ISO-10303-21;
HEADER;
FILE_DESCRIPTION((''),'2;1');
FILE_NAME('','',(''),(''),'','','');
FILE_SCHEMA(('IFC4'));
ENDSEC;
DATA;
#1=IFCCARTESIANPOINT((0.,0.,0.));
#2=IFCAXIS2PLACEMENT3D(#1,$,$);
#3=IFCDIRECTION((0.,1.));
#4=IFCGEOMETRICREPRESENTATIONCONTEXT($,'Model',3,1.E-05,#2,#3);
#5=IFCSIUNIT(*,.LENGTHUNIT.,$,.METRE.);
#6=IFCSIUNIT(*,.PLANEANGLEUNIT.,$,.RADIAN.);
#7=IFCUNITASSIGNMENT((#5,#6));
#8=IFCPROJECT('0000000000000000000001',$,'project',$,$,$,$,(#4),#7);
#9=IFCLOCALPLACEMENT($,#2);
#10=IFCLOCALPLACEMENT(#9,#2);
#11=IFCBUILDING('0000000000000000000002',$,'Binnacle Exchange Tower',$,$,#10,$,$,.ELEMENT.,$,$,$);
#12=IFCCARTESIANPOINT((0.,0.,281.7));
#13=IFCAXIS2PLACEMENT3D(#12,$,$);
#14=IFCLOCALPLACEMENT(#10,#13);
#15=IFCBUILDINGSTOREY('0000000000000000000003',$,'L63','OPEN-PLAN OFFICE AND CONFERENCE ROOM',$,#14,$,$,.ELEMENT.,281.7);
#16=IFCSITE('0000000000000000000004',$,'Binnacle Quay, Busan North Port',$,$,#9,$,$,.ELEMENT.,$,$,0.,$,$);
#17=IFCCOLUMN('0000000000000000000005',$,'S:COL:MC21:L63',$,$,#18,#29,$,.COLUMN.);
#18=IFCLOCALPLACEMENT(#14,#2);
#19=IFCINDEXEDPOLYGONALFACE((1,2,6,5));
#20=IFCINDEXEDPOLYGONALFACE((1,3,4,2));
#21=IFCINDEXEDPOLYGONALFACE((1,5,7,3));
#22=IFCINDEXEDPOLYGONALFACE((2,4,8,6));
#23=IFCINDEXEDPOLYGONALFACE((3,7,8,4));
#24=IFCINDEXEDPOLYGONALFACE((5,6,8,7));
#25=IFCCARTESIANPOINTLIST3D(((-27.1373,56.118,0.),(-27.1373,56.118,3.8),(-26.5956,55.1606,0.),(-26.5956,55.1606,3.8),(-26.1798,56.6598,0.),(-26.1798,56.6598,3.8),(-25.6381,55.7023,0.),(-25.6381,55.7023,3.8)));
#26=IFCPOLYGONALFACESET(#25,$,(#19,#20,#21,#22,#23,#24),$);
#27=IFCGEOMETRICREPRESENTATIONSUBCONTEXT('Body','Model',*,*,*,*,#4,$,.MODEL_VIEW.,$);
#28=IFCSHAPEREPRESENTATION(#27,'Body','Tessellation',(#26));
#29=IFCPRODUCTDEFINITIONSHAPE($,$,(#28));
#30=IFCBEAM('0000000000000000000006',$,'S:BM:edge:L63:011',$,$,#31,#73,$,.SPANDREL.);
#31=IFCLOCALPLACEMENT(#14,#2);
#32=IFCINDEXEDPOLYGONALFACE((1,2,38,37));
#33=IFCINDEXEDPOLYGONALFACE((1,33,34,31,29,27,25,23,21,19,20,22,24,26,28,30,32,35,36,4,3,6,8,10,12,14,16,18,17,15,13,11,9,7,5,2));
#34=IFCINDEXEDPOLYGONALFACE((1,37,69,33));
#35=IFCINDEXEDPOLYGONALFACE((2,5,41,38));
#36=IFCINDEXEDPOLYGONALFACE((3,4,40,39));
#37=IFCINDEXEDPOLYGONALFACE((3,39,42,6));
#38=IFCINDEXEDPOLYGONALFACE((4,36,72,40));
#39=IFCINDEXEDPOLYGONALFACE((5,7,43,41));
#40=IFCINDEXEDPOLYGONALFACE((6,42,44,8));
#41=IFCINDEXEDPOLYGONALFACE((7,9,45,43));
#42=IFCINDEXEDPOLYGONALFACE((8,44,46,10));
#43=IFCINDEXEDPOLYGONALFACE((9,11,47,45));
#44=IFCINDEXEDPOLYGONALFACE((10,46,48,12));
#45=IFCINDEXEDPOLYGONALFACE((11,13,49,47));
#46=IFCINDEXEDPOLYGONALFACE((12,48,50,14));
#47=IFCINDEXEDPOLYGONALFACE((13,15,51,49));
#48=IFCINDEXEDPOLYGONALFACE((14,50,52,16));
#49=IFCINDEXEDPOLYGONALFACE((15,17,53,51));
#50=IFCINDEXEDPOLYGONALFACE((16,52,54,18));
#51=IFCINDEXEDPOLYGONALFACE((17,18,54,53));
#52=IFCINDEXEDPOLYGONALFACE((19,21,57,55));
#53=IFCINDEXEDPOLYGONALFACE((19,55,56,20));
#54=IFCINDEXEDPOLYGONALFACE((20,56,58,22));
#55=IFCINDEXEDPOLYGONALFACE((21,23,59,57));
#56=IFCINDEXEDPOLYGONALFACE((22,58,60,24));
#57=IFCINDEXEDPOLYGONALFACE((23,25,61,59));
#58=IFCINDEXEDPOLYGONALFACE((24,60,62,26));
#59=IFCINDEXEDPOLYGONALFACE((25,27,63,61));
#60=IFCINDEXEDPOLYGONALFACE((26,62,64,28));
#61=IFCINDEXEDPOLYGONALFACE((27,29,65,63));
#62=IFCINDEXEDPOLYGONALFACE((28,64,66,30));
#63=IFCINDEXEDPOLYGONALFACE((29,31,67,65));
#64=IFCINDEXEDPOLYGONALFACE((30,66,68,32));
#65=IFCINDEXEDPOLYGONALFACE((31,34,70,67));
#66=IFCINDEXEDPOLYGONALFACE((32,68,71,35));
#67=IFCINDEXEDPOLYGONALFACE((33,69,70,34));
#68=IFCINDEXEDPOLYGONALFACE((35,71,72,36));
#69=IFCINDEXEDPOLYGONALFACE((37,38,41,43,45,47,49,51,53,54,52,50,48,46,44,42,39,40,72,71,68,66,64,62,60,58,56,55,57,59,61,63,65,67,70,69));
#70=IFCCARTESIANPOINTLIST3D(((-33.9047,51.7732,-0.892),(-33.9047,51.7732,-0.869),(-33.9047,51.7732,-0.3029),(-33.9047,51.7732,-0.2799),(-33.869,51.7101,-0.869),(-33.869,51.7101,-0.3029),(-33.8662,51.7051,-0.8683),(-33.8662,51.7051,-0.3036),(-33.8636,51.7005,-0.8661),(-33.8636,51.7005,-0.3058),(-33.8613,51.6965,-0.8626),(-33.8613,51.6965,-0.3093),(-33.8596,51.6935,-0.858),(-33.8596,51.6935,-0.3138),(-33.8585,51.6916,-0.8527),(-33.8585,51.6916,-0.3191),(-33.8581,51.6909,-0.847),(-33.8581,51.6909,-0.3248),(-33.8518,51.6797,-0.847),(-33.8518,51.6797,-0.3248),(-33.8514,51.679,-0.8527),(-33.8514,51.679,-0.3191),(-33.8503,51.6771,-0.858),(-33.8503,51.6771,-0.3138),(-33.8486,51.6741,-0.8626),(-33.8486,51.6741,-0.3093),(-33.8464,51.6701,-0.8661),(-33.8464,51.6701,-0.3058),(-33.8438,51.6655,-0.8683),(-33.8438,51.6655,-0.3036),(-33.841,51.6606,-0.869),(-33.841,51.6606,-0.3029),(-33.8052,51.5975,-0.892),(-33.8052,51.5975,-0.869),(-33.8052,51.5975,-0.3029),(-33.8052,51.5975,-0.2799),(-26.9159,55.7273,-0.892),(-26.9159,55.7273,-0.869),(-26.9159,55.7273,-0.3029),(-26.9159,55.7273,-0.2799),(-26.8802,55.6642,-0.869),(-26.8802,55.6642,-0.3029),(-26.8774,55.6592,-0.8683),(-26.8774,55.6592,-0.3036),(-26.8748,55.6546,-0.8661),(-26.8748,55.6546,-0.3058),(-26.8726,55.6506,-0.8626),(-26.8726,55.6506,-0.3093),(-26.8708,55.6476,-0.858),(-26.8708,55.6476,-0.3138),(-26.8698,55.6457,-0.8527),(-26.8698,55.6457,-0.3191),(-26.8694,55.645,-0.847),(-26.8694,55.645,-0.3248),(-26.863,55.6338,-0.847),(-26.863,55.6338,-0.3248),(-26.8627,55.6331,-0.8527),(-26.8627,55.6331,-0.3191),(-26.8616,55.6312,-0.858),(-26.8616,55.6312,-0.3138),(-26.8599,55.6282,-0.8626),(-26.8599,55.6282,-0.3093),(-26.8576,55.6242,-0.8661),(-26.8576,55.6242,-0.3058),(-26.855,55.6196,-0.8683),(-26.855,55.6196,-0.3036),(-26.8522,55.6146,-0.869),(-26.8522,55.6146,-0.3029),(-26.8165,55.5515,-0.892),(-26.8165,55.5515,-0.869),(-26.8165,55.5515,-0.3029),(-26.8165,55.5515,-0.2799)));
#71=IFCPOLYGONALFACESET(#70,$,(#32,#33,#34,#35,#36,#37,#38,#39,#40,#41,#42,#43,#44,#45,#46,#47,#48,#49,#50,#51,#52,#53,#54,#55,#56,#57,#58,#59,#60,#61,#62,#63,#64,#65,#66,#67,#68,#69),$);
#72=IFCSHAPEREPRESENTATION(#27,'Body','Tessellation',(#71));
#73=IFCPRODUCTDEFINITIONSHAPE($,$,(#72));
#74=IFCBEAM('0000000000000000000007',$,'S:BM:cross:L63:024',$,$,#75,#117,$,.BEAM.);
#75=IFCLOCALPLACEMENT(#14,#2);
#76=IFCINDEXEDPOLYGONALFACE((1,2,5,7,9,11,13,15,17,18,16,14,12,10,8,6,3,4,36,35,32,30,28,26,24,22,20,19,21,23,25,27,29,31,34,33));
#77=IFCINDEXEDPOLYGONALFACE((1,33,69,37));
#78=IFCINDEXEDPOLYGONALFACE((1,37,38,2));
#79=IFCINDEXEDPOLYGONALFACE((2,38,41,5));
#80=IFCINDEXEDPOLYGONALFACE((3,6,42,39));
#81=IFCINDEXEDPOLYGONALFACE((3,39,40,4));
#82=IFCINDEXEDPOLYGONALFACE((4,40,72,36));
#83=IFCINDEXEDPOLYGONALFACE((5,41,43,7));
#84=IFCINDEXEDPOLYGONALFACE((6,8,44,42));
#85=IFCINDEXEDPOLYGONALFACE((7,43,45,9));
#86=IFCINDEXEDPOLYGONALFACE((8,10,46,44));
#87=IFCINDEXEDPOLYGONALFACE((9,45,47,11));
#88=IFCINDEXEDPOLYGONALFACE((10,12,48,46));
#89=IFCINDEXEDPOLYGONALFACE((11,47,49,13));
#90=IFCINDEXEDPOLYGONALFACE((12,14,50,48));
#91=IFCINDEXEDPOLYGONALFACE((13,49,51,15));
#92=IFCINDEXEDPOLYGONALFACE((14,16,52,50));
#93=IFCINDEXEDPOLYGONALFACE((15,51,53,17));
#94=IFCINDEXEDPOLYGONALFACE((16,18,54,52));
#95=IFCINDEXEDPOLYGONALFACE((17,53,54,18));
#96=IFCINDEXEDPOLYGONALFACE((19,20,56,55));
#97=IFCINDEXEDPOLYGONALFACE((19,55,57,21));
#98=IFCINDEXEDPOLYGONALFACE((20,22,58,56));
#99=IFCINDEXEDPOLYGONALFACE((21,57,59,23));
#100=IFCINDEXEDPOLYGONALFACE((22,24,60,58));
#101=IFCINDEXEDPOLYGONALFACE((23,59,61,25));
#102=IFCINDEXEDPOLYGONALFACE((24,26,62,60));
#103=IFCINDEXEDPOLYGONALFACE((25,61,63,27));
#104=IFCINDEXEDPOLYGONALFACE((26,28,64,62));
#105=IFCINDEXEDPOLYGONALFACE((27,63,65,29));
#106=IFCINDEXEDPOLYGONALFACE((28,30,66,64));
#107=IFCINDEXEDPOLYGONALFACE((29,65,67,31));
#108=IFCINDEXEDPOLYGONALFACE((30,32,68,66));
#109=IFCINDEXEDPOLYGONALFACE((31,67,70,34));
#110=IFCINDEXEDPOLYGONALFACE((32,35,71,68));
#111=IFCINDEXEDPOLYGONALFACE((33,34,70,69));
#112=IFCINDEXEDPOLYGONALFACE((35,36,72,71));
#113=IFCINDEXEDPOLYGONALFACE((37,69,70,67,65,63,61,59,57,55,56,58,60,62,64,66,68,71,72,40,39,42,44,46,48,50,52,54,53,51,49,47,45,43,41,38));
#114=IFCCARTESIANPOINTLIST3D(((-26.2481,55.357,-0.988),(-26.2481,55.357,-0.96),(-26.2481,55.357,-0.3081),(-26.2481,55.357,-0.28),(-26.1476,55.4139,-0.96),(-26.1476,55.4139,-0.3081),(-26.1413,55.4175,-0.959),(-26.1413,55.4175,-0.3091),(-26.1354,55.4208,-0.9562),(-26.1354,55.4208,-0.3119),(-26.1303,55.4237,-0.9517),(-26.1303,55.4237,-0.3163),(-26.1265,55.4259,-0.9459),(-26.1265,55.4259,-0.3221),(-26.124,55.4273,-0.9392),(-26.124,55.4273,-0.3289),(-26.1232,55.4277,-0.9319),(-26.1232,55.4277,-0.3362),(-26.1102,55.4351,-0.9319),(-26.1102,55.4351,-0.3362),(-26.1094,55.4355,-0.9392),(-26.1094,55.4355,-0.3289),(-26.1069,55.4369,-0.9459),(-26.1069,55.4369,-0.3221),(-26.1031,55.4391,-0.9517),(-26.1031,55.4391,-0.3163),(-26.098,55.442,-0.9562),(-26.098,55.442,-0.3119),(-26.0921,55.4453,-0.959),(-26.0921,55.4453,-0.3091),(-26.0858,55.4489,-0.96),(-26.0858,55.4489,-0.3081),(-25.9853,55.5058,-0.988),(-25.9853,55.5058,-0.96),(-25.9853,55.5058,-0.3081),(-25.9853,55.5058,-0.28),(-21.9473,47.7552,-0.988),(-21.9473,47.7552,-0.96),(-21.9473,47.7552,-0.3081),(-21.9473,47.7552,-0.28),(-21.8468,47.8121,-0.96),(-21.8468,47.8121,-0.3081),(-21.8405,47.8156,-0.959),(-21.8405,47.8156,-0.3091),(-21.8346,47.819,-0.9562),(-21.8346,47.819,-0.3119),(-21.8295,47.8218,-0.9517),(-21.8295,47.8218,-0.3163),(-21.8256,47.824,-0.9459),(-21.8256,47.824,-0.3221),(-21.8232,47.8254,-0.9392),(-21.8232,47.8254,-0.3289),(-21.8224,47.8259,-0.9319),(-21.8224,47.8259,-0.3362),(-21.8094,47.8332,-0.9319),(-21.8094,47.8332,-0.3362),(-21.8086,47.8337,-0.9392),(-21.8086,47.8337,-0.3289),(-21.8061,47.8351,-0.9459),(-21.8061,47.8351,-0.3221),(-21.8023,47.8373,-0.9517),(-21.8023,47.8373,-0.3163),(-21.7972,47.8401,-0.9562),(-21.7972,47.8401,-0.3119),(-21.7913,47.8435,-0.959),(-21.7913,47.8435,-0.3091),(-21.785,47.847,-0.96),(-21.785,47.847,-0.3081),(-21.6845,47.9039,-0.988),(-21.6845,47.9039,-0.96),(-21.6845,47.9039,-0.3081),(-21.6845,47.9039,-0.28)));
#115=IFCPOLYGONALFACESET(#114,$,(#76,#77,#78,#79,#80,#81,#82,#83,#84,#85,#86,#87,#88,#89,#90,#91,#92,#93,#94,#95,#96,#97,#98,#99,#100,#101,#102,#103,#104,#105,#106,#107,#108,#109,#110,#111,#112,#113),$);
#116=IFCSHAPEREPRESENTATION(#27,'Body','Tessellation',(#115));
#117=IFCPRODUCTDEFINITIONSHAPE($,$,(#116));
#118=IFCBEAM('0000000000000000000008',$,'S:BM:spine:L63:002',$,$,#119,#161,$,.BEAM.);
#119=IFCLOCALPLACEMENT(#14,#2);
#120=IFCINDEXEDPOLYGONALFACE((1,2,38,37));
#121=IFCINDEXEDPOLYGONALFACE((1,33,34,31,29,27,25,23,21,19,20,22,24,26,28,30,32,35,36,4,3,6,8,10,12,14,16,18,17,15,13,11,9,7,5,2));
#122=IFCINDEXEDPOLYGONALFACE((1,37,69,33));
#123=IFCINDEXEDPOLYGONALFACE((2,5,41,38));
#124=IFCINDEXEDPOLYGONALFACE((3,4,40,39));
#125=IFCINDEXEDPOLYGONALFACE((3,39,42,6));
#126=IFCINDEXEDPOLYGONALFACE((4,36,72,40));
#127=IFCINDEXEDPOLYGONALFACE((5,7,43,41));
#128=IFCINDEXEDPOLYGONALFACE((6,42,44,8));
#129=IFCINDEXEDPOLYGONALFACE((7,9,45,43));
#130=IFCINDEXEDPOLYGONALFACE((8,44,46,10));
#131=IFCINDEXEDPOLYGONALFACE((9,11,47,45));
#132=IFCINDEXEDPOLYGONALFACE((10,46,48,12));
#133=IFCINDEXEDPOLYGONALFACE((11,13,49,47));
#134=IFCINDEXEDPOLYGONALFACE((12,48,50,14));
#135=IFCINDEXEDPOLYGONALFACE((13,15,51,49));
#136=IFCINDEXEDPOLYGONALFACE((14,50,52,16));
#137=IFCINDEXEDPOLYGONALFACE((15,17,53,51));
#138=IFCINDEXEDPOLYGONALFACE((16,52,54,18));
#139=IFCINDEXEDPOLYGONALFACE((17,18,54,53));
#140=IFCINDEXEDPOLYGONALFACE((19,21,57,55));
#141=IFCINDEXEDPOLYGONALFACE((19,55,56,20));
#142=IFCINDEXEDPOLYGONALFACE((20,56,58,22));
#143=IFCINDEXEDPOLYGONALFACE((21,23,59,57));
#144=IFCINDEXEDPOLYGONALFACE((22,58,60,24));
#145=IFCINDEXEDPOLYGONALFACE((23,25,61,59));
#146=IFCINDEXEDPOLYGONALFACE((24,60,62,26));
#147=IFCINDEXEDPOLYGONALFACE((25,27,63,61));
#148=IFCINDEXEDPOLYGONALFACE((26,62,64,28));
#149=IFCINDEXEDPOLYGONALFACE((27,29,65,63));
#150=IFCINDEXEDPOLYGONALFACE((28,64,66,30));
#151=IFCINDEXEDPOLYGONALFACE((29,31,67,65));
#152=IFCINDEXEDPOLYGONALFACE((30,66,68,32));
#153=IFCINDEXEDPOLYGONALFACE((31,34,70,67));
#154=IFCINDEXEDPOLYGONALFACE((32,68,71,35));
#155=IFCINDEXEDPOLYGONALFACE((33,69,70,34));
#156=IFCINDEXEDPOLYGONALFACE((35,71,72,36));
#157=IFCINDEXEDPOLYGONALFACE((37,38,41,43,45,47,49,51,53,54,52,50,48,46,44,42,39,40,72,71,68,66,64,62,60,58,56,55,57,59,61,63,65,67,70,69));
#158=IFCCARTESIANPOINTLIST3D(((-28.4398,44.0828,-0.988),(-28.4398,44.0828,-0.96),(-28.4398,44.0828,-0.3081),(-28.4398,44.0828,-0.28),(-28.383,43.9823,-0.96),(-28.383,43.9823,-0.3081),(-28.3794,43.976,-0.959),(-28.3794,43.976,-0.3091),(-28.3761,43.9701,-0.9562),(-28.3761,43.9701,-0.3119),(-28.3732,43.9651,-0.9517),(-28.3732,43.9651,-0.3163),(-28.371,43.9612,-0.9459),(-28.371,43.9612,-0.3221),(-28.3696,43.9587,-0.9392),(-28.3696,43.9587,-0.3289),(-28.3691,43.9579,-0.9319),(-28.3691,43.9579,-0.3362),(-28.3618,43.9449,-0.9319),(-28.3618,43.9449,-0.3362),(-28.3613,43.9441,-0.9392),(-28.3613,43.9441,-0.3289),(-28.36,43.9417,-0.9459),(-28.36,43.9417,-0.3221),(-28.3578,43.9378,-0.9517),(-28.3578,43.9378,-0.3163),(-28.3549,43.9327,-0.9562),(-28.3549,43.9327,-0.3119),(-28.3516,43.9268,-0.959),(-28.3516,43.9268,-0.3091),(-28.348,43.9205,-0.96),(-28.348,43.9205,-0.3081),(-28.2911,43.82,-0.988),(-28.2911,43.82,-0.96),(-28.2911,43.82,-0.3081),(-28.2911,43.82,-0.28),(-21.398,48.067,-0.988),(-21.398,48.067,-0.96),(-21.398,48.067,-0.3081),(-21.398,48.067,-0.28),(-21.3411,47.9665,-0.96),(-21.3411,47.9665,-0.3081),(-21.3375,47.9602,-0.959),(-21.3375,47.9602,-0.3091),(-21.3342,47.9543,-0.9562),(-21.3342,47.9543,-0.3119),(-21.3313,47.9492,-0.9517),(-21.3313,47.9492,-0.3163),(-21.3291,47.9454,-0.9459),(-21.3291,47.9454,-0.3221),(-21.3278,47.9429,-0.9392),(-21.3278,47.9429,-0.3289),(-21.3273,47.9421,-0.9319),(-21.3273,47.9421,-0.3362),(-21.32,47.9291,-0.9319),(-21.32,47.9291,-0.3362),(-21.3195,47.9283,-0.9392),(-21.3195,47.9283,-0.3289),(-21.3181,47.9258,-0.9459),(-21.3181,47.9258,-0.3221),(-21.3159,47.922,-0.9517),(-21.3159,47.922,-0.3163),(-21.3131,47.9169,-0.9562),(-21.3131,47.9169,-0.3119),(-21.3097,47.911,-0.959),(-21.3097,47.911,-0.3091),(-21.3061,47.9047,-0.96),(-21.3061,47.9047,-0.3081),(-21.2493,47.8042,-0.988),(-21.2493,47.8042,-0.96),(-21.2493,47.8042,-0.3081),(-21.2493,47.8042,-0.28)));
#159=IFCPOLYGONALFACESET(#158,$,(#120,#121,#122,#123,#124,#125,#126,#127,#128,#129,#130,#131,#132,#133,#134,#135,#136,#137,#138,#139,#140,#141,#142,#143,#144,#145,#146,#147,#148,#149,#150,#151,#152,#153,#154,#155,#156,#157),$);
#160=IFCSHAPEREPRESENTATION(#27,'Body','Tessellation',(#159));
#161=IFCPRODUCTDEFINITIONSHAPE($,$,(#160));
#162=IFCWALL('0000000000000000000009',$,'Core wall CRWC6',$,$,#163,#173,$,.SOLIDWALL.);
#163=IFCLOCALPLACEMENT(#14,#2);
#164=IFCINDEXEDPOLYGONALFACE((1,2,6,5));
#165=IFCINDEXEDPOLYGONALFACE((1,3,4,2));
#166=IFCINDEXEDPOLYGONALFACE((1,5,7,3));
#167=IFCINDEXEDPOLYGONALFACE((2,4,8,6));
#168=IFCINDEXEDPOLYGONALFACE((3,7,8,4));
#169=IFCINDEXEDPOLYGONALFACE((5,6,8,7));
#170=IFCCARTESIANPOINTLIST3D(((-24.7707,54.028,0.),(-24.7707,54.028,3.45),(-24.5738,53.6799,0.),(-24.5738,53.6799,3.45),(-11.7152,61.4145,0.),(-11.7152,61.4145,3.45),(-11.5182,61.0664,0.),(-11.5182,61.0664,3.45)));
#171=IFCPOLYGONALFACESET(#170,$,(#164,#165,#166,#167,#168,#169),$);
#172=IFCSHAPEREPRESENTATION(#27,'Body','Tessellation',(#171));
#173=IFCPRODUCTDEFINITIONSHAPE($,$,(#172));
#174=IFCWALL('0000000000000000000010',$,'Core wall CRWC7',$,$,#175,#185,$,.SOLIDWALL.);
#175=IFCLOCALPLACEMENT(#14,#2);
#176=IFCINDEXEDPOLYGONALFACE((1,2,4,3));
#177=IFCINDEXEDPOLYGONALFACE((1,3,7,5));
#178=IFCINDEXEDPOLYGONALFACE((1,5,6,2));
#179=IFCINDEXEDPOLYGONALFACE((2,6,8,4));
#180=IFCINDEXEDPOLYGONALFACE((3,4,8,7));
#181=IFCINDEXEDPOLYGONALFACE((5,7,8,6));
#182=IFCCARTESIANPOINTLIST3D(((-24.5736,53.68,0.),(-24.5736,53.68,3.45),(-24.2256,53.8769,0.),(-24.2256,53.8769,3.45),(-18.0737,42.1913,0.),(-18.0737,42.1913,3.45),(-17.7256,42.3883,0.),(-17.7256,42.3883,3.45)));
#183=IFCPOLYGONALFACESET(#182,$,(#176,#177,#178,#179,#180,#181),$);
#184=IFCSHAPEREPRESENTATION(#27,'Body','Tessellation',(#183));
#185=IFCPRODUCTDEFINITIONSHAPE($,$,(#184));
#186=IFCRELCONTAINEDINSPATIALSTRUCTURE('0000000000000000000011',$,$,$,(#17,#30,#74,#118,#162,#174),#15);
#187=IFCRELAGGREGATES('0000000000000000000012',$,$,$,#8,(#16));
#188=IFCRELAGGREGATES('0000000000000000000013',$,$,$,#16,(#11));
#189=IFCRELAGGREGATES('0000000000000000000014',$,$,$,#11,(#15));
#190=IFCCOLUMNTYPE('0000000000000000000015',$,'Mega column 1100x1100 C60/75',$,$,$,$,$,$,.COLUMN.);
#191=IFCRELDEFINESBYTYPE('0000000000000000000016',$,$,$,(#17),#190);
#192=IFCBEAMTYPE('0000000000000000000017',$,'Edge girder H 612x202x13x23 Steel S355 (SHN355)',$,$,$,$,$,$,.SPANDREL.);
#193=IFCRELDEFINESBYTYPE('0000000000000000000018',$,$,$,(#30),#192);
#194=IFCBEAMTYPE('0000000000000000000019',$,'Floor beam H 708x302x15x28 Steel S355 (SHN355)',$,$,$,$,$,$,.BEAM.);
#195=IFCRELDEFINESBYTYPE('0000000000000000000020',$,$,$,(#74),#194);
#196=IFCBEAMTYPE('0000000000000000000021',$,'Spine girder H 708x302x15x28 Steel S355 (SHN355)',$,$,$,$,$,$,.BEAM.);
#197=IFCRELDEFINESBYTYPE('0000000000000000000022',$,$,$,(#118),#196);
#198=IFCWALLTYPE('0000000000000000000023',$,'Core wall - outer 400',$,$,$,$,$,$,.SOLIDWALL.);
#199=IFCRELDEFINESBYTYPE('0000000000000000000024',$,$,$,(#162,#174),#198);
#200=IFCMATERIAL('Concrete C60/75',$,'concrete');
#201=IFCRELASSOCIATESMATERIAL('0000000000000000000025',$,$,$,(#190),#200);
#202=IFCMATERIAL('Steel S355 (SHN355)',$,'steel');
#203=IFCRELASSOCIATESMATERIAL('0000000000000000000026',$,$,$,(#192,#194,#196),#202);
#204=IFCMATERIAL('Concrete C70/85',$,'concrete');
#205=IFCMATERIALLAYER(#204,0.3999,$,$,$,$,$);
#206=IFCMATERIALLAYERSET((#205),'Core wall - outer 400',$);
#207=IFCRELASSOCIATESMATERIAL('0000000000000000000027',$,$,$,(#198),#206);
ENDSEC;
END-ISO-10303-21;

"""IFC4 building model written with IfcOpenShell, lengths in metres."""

from ifc_helpers import new_model, si_unit, direction, frame, frame_2d, origin, origin_2d, place, context, subcontext, project, spatial, rectangle, i_section, extrude, material, layer, layer_set, material_profile, profile_set, type_object, element, save


model = new_model("IFC4")

# Units and contexts
model_context = context("Model", 3, precision=1e-05, world=origin(), true_north=direction((0.0, 1.0)))
body_context = subcontext(model_context, "Body", "Model", "MODEL_VIEW")
ifc_project = project(units=[si_unit("LENGTHUNIT", "METRE"), si_unit("PLANEANGLEUNIT", "RADIAN")], contexts=[model_context])

# Site, building, storey
site_placement = place(None, origin())
site = spatial("IfcSite", under=ifc_project, at=site_placement, Name="Binnacle Quay, Busan North Port", CompositionType="ELEMENT", RefElevation=0.0)
building_placement = place(site_placement, origin())
building = spatial("IfcBuilding", under=site, at=building_placement, Name="Binnacle Exchange Tower", CompositionType="ELEMENT")
storey_placement = place(building_placement, frame((0.0, 0.0, 281.7)))
storey = spatial("IfcBuildingStorey", under=building, at=storey_placement, Name="L63", Description="OPEN-PLAN OFFICE AND CONFERENCE ROOM", CompositionType="ELEMENT", Elevation=281.7)

# Column
ifc_material_1 = material(Name="Concrete C60/75", Category="concrete")
ifc_material_profile_1 = material_profile(ifc_material_1, rectangle(XDim=1.1001, YDim=1.1001, at=origin_2d()), Name="Mega column 1100x1100 C60/75")
ifc_profile_set_1 = profile_set([ifc_material_profile_1], Name="Concrete C60/75")
column_type = type_object("IfcColumnType", Name="Mega column 1100x1100 C60/75", PredefinedType="COLUMN", material=ifc_profile_set_1)
column_placement = place(storey_placement, frame((-26.3877, 55.9102, 0.0), z_axis=(0.0, 0.0, 1.0), x_axis=(-0.870356, -0.492424, 0.0)))
element("IfcColumn", 1, at=column_placement, inside=storey, type_object=column_type, Name="S:COL:MC21:L63", PredefinedType="COLUMN", context=body_context, shape_type="SweptSolid", body=[
    extrude(rectangle(XDim=1.1001, YDim=1.1001, at=origin_2d()), origin(), (0.0, 0.0, 1.0), 3.8),
])

# Beams
ifc_material_2 = material(Name="Steel S355 (SHN355)", Category="steel")
ifc_material_profile_2 = material_profile(ifc_material_2, i_section(OverallWidth=0.2019, OverallDepth=0.6121, WebThickness=0.0129, FlangeThickness=0.0229, FilletRadius=0.022, at=origin_2d()), Name="H 612x202x13x23")
ifc_profile_set_2 = profile_set([ifc_material_profile_2], Name="Steel S355 (SHN355)")
beam_type_1 = type_object("IfcBeamType", Name="Edge girder H 612x202x13x23 Steel S355 (SHN355)", PredefinedType="SPANDREL", material=ifc_profile_set_2)
beam_1_placement = place(storey_placement, frame((-26.8662, 55.6394, -0.5859), z_axis=(-0.870353, -0.492428, 0.0), x_axis=(0.492428, -0.870353, 0.0)))
element("IfcBeam", 2, at=beam_1_placement, inside=storey, type_object=beam_type_1, Name="S:BM:edge:L63:011", PredefinedType="SPANDREL", context=body_context, shape_type="SweptSolid", body=[
    extrude(i_section(OverallWidth=0.2019, OverallDepth=0.6121, WebThickness=0.0129, FlangeThickness=0.0229, FilletRadius=0.022, at=origin_2d()), origin(), (0.0, 0.0, 1.0), 8.0298),
])
ifc_material_profile_3 = material_profile(ifc_material_2, i_section(OverallWidth=0.302, OverallDepth=0.708, WebThickness=0.0149, FlangeThickness=0.0281, FilletRadius=0.0281, at=origin_2d()), Name="H 708x302x15x28")
ifc_profile_set_3 = profile_set([ifc_material_profile_3], Name="Steel S355 (SHN355)")
beam_type_2 = type_object("IfcBeamType", Name="Floor beam H 708x302x15x28 Steel S355 (SHN355)", PredefinedType="BEAM", material=ifc_profile_set_3)
beam_2_placement = place(storey_placement, frame((-26.1167, 55.4314, -0.634), z_axis=(0.492414, -0.870361, 0.0), x_axis=(0.870361, 0.492414, 0.0)))
element("IfcBeam", 3, at=beam_2_placement, inside=storey, type_object=beam_type_2, Name="S:BM:cross:L63:024", PredefinedType="BEAM", context=body_context, shape_type="SweptSolid", body=[
    extrude(i_section(OverallWidth=0.302, OverallDepth=0.708, WebThickness=0.0149, FlangeThickness=0.0281, FilletRadius=0.0281, at=origin_2d()), origin(), (0.0, 0.0, 1.0), 8.7341),
])
ifc_material_profile_4 = material_profile(ifc_material_2, i_section(OverallWidth=0.302, OverallDepth=0.708, WebThickness=0.0149, FlangeThickness=0.0281, FilletRadius=0.0281, at=origin_2d()), Name="H 708x302x15x28")
ifc_profile_set_4 = profile_set([ifc_material_profile_4], Name="Steel S355 (SHN355)")
beam_type_3 = type_object("IfcBeamType", Name="Spine girder H 708x302x15x28 Steel S355 (SHN355)", PredefinedType="BEAM", material=ifc_profile_set_4)
beam_3_placement = place(storey_placement, frame((-28.3655, 43.9514, -0.634), z_axis=(0.87035, 0.492433, 0.0), x_axis=(-0.492433, 0.87035, 0.0)))
element("IfcBeam", 4, at=beam_3_placement, inside=storey, type_object=beam_type_3, Name="S:BM:spine:L63:002", PredefinedType="BEAM", context=body_context, shape_type="SweptSolid", body=[
    extrude(i_section(OverallWidth=0.302, OverallDepth=0.708, WebThickness=0.0149, FlangeThickness=0.0281, FilletRadius=0.0281, at=origin_2d()), origin(), (0.0, 0.0, 1.0), 8.0908),
])

# Walls
ifc_material_3 = material(Name="Concrete C70/85", Category="concrete")
ifc_layer_1 = layer(ifc_material_3, 0.3999)
ifc_layer_set_1 = layer_set([ifc_layer_1], Name="Core wall - outer 400")
wall_type_1 = type_object("IfcWallType", Name="Core wall - outer 400", PredefinedType="SOLIDWALL", material=ifc_layer_set_1)
wall_1_placement = place(storey_placement, frame((-24.6721, 53.854, 0.0), z_axis=(0.0, 0.0, 1.0), x_axis=(0.870354, 0.492427, 0.0)))
element("IfcWall", 5, at=wall_1_placement, inside=storey, type_object=wall_type_1, Name="Core wall CRWC6", PredefinedType="SOLIDWALL", context=body_context, shape_type="SweptSolid", body=[
    extrude(rectangle(XDim=15.0002, YDim=0.3999, at=frame_2d((7.5, 0.0))), origin(), (0.0, 0.0, 1.0), 3.45),
])
wall_2_placement = place(storey_placement, frame((-24.3997, 53.7786, 0.0), z_axis=(0.0, 0.0, 1.0), x_axis=(0.492422, -0.870357, 0.0)))
element("IfcWall", 6, at=wall_2_placement, inside=storey, type_object=wall_type_1, Name="Core wall CRWC7", PredefinedType="SOLIDWALL", context=body_context, shape_type="SweptSolid", body=[
    extrude(rectangle(XDim=13.2, YDim=0.3999, at=frame_2d((6.6001, 0.0))), origin(), (0.0, 0.0, 1.0), 3.45),
])

save(model, "model.ifc")
